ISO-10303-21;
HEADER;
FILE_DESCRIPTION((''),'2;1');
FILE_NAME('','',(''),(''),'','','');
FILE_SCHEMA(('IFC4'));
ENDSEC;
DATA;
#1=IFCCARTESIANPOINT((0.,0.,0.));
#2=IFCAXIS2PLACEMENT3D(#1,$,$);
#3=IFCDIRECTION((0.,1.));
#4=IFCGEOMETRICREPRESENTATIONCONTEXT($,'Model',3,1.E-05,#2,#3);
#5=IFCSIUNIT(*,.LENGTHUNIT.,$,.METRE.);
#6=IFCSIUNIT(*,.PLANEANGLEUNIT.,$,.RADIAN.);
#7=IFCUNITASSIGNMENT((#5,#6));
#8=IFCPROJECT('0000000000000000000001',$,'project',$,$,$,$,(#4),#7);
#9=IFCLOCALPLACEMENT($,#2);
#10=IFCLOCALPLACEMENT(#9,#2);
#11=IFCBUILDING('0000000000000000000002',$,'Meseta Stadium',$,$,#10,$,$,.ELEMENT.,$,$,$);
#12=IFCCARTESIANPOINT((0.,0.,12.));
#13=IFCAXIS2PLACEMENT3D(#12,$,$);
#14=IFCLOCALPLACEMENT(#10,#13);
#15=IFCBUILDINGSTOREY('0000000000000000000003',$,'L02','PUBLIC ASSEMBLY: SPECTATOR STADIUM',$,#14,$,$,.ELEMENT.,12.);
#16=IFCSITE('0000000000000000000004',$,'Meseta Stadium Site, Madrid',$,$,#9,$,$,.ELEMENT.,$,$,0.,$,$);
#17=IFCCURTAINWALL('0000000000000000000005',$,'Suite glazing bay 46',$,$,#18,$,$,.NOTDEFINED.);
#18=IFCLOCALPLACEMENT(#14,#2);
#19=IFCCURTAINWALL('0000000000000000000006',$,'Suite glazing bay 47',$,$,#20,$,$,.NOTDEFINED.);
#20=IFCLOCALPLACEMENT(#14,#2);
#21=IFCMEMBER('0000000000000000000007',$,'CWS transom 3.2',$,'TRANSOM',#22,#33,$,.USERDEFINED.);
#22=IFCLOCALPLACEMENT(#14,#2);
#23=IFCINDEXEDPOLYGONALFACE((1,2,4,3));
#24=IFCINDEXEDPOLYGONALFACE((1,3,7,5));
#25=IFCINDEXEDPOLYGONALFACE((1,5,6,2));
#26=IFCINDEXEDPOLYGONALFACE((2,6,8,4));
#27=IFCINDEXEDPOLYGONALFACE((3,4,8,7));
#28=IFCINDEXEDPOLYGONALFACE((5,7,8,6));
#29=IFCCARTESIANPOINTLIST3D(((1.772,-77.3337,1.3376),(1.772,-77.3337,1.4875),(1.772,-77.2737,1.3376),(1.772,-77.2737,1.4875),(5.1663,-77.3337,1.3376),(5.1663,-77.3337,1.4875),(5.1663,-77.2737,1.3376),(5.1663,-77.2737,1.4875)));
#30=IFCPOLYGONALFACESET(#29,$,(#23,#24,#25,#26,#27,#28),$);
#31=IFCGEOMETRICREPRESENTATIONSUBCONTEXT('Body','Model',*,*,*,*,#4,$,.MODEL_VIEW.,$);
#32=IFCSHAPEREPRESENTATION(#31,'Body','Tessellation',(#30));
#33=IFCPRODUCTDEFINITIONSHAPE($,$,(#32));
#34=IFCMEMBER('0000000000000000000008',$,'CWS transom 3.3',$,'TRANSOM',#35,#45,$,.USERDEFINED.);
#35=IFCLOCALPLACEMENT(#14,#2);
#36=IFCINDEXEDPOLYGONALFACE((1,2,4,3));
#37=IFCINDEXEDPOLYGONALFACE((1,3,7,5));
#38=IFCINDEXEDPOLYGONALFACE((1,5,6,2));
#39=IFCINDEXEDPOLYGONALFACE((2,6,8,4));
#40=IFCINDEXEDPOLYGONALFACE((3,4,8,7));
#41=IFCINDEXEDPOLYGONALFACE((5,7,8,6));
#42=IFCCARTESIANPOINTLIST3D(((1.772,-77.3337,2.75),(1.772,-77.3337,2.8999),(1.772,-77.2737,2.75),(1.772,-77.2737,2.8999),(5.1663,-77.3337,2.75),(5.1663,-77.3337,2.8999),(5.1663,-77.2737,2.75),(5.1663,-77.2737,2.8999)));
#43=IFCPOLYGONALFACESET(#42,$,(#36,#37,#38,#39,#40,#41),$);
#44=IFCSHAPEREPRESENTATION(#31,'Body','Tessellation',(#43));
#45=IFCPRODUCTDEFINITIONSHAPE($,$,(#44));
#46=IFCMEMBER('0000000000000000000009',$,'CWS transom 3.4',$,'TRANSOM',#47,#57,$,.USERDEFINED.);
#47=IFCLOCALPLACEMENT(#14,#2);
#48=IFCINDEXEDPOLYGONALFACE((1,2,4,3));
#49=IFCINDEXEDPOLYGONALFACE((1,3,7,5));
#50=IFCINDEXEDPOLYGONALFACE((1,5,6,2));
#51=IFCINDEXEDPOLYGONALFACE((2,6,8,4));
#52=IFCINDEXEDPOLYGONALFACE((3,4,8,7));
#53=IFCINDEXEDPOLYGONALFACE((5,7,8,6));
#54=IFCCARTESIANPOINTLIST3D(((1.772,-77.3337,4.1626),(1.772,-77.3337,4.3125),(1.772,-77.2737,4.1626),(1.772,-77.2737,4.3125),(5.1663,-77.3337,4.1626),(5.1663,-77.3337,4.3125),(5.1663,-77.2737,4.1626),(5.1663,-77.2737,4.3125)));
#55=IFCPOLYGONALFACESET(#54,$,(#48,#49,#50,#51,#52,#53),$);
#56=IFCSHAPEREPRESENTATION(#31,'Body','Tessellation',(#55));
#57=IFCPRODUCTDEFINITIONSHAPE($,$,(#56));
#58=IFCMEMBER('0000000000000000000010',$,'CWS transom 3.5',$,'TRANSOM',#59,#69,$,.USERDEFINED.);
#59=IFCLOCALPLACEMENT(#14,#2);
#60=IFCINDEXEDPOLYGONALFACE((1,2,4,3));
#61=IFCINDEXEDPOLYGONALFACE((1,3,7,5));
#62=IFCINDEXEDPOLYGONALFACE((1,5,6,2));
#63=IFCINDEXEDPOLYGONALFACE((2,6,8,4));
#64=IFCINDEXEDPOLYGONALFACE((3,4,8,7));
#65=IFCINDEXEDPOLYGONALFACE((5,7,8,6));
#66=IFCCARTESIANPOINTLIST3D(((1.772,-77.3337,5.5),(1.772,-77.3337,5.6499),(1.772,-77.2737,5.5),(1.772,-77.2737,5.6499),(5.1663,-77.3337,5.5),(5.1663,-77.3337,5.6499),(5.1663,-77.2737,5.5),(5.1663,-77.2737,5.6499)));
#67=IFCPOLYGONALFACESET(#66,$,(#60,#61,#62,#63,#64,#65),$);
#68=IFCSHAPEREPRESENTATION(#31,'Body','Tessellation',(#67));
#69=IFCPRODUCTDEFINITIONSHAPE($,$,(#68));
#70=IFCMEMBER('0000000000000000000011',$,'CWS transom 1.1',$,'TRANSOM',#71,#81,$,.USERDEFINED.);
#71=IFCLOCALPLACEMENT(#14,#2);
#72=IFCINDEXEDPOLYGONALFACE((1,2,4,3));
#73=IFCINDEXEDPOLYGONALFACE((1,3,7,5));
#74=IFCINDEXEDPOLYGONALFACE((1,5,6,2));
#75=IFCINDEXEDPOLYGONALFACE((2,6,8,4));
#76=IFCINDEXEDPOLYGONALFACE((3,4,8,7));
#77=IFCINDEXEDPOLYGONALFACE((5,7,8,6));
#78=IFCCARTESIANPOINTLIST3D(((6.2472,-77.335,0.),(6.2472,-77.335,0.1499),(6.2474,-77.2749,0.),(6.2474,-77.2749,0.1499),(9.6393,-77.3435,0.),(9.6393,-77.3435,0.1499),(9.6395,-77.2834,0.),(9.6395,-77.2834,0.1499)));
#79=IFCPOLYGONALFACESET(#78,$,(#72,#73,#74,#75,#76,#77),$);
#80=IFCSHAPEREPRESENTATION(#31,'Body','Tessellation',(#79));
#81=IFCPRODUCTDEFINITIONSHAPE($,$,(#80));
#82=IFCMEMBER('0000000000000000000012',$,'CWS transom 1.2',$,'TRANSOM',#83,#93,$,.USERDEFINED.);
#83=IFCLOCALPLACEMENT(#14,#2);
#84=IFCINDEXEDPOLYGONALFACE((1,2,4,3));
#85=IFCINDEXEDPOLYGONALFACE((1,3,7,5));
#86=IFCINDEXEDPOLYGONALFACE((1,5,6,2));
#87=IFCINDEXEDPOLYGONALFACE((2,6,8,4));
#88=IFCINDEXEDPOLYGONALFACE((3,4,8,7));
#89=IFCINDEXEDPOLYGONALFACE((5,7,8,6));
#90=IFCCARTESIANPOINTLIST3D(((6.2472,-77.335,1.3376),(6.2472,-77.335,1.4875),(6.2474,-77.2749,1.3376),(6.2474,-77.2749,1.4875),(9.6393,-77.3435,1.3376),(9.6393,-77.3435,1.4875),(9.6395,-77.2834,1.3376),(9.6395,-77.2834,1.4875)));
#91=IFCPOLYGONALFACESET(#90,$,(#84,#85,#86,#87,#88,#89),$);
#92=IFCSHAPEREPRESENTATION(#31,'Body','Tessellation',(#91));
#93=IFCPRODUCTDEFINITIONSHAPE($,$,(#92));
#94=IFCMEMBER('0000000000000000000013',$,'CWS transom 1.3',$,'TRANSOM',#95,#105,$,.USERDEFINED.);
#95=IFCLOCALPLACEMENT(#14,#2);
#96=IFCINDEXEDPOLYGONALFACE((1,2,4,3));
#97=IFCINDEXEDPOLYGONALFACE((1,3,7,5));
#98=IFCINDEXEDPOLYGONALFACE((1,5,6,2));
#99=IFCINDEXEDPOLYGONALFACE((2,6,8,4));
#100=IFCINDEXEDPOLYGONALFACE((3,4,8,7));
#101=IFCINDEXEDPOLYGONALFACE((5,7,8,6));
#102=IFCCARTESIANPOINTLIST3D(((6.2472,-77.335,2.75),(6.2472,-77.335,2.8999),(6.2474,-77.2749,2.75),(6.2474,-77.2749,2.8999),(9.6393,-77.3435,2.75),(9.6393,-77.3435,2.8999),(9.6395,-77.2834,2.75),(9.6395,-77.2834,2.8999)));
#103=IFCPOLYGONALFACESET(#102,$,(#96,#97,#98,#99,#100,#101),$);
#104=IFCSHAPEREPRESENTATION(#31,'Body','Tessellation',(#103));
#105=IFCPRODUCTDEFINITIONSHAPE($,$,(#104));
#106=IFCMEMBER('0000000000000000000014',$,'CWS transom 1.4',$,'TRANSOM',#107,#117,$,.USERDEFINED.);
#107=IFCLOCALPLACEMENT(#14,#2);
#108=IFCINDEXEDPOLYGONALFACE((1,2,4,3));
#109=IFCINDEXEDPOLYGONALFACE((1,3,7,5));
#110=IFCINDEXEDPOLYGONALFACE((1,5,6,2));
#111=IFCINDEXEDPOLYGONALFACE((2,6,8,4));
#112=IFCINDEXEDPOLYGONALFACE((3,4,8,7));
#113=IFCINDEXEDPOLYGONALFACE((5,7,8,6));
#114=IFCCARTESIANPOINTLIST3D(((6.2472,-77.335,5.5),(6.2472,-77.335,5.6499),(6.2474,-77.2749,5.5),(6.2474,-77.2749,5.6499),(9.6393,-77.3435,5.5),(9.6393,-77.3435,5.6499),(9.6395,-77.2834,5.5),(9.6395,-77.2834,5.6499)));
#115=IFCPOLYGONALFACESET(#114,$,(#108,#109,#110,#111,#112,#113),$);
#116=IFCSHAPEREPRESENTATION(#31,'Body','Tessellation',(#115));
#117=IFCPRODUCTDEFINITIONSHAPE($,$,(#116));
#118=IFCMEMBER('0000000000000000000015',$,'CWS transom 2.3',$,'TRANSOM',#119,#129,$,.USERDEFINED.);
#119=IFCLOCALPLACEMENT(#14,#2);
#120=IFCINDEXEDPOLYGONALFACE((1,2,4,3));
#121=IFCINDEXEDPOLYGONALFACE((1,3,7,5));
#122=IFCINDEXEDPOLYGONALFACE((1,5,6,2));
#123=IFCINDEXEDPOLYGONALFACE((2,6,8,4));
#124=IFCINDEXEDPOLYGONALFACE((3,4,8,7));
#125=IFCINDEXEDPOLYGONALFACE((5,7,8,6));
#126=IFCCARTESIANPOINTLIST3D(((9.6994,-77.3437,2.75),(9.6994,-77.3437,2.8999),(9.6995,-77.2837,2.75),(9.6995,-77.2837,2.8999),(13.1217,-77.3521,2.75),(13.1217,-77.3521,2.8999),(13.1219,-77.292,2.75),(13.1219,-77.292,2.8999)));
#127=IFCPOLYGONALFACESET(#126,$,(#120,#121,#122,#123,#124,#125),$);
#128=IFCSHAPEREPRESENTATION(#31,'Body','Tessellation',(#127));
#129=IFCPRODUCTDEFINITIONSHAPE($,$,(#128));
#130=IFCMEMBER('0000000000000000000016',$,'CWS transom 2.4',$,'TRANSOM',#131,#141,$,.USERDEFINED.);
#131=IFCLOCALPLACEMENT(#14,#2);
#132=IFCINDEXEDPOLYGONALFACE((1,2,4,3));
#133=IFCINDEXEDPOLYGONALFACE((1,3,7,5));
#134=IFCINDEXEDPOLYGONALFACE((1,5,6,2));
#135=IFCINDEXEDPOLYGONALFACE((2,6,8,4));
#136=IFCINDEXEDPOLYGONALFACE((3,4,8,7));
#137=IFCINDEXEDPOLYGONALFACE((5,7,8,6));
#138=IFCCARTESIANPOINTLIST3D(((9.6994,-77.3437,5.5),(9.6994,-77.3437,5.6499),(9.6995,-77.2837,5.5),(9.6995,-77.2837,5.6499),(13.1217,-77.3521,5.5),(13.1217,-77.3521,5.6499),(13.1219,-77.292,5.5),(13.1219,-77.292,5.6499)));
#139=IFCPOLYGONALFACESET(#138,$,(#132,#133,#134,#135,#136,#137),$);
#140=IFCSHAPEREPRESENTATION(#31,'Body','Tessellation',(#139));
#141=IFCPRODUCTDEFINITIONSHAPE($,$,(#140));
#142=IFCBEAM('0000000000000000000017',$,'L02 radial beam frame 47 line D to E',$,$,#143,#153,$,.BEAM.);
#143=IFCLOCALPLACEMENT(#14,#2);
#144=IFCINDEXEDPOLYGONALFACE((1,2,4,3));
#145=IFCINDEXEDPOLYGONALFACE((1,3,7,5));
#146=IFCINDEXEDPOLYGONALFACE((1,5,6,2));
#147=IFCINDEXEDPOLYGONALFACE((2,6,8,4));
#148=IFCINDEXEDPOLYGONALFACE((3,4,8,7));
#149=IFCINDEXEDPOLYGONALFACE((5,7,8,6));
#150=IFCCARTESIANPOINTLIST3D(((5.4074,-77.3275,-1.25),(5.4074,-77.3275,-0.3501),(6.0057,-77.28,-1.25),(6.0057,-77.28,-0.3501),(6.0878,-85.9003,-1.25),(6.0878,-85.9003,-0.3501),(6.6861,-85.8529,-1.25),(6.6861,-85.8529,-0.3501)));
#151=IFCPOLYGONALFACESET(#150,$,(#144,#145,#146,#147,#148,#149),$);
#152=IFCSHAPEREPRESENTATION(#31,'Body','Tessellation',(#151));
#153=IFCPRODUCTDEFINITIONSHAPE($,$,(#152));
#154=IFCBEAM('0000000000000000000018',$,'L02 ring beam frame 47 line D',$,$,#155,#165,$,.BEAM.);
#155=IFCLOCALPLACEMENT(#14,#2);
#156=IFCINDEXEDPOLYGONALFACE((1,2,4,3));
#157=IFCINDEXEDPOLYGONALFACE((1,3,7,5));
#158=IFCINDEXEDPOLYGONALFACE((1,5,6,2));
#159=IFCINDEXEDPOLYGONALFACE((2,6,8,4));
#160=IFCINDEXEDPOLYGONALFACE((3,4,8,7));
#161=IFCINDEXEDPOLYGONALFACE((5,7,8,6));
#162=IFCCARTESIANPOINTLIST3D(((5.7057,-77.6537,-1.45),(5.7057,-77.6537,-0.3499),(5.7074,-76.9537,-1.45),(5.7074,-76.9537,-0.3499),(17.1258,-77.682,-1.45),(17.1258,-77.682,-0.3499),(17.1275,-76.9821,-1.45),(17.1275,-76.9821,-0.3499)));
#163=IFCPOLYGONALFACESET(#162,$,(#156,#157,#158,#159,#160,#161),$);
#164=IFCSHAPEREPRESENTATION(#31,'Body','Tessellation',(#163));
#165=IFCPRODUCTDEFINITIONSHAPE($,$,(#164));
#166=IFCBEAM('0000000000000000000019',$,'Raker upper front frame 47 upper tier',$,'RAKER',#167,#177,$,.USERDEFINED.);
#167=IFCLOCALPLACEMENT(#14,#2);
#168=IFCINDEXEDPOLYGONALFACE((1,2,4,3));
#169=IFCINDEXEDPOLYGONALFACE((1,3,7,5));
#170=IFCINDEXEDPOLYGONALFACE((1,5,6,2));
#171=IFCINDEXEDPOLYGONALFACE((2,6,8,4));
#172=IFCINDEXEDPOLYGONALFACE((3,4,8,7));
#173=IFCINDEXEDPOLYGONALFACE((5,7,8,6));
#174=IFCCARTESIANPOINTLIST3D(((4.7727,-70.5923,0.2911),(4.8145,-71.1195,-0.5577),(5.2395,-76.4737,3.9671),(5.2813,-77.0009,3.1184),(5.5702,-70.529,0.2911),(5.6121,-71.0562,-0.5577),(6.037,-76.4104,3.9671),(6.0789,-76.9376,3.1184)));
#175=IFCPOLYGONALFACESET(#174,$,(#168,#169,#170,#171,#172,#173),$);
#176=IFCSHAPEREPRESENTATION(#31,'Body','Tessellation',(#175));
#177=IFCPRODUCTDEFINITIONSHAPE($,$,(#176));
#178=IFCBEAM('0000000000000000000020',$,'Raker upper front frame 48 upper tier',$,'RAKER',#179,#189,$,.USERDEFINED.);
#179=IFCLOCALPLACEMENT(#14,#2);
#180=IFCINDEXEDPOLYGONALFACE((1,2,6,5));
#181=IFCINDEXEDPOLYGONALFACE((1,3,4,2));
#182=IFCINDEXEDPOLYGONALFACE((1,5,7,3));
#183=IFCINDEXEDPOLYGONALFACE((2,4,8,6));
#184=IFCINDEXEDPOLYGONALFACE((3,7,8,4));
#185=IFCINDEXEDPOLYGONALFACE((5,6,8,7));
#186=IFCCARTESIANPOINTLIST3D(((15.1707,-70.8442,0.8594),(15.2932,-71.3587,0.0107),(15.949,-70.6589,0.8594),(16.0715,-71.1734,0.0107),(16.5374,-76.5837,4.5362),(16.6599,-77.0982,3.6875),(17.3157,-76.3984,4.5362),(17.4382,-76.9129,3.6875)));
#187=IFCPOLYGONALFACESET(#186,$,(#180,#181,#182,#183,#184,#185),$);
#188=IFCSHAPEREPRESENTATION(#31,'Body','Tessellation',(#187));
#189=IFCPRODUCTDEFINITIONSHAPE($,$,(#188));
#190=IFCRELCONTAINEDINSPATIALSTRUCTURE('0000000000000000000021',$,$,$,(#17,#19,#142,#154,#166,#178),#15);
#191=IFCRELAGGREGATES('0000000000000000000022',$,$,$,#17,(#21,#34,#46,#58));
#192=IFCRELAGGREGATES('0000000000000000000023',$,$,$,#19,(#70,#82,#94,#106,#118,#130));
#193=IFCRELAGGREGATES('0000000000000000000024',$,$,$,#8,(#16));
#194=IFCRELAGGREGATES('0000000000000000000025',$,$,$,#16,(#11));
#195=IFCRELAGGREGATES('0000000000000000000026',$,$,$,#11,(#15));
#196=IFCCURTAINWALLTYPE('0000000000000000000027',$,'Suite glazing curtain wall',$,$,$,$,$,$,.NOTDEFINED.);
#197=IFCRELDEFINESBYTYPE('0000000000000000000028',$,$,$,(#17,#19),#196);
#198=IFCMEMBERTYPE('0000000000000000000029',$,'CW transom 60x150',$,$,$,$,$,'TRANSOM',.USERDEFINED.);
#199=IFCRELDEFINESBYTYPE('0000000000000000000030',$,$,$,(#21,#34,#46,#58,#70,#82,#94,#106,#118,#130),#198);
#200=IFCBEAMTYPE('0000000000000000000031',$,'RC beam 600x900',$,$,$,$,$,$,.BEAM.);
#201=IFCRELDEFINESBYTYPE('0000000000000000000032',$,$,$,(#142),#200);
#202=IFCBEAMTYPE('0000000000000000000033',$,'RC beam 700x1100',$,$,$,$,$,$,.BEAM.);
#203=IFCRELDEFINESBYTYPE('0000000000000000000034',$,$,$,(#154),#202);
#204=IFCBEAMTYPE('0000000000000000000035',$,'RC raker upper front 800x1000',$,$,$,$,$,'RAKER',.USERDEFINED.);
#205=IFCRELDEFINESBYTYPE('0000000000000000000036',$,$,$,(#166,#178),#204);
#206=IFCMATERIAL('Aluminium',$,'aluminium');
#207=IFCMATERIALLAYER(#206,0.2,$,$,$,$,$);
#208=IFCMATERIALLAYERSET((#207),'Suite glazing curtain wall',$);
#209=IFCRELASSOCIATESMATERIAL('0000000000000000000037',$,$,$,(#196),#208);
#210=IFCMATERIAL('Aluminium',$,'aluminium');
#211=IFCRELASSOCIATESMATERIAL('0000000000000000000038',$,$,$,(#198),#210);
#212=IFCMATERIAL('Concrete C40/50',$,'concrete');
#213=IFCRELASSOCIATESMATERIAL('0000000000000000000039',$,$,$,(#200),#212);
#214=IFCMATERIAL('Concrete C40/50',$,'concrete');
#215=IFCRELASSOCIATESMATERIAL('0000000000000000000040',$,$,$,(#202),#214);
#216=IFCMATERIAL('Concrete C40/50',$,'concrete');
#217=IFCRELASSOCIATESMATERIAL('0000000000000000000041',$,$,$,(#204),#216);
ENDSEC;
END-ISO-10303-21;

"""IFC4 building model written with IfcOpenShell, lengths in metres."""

from ifc_helpers import new_model, si_unit, direction, frame, origin, origin_2d, place, context, subcontext, project, spatial, rectangle, extrude, material, layer, layer_set, material_profile, profile_set, type_object, element, aggregate, save


model = new_model("IFC4")

# Units and contexts
model_context = context("Model", 3, precision=1e-05, world=origin(), true_north=direction((0.0, 1.0)))
body_context = subcontext(model_context, "Body", "Model", "MODEL_VIEW")
ifc_project = project(units=[si_unit("LENGTHUNIT", "METRE"), si_unit("PLANEANGLEUNIT", "RADIAN")], contexts=[model_context])

# Site, building, storey
site_placement = place(None, origin())
site = spatial("IfcSite", under=ifc_project, at=site_placement, Name="Meseta Stadium Site, Madrid", CompositionType="ELEMENT", RefElevation=0.0)
building_placement = place(site_placement, origin())
building = spatial("IfcBuilding", under=site, at=building_placement, Name="Meseta Stadium", CompositionType="ELEMENT")
storey_placement = place(building_placement, frame((0.0, 0.0, 12.0)))
storey = spatial("IfcBuildingStorey", under=building, at=storey_placement, Name="L02", Description="PUBLIC ASSEMBLY: SPECTATOR STADIUM", CompositionType="ELEMENT", Elevation=12.0)

# Curtain walls
ifc_material_1 = material(Name="Aluminium", Category="aluminium")
ifc_layer_1 = layer(ifc_material_1, 0.2)
ifc_layer_set_1 = layer_set([ifc_layer_1], Name="Suite glazing curtain wall")
curtain_wall_type = type_object("IfcCurtainWallType", Name="Suite glazing curtain wall", PredefinedType="NOTDEFINED", material=ifc_layer_set_1)
curtain_wall_1_placement = place(storey_placement, origin())
curtain_wall_1 = element("IfcCurtainWall", 1, at=curtain_wall_1_placement, inside=storey, type_object=curtain_wall_type, Name="Suite glazing bay 46", PredefinedType="NOTDEFINED")
curtain_wall_2_placement = place(storey_placement, origin())
curtain_wall_2 = element("IfcCurtainWall", 2, at=curtain_wall_2_placement, inside=storey, type_object=curtain_wall_type, Name="Suite glazing bay 47", PredefinedType="NOTDEFINED")

# Members
ifc_material_2 = material(Name="Aluminium", Category="aluminium")
ifc_material_profile_1 = material_profile(ifc_material_2, rectangle(XDim=0.0601, YDim=0.1499, at=origin_2d()), Name="CW 60x150")
ifc_profile_set_1 = profile_set([ifc_material_profile_1], Name="Aluminium")
member_type_1 = type_object("IfcMemberType", Name="CW transom 60x150", ElementType="TRANSOM", PredefinedType="USERDEFINED", material=ifc_profile_set_1)
member_1_placement = place(storey_placement, frame((1.772, -77.3037, 1.4126), z_axis=(1.0, 0.0, 0.0), x_axis=(0.0, 1.0, 0.0)))
member_1 = element("IfcMember", 3, at=member_1_placement, type_object=member_type_1, Name="CWS transom 3.2", ObjectType="TRANSOM", PredefinedType="USERDEFINED", context=body_context, shape_type="SweptSolid", body=[
    extrude(rectangle(XDim=0.0601, YDim=0.1499, at=origin_2d()), origin(), (0.0, 0.0, 1.0), 3.3943),
])
member_2_placement = place(storey_placement, frame((1.772, -77.3037, 2.825), z_axis=(1.0, 0.0, 0.0), x_axis=(0.0, 1.0, 0.0)))
member_2 = element("IfcMember", 4, at=member_2_placement, type_object=member_type_1, Name="CWS transom 3.3", ObjectType="TRANSOM", PredefinedType="USERDEFINED", context=body_context, shape_type="SweptSolid", body=[
    extrude(rectangle(XDim=0.0601, YDim=0.1499, at=origin_2d()), origin(), (0.0, 0.0, 1.0), 3.3943),
])
member_3_placement = place(storey_placement, frame((1.772, -77.3037, 4.2375), z_axis=(1.0, 0.0, 0.0), x_axis=(0.0, 1.0, 0.0)))
member_3 = element("IfcMember", 5, at=member_3_placement, type_object=member_type_1, Name="CWS transom 3.4", ObjectType="TRANSOM", PredefinedType="USERDEFINED", context=body_context, shape_type="SweptSolid", body=[
    extrude(rectangle(XDim=0.0601, YDim=0.1499, at=origin_2d()), origin(), (0.0, 0.0, 1.0), 3.3943),
])
member_4_placement = place(storey_placement, frame((1.772, -77.3037, 5.575), z_axis=(1.0, 0.0, 0.0), x_axis=(0.0, 1.0, 0.0)))
member_4 = element("IfcMember", 6, at=member_4_placement, type_object=member_type_1, Name="CWS transom 3.5", ObjectType="TRANSOM", PredefinedType="USERDEFINED", context=body_context, shape_type="SweptSolid", body=[
    extrude(rectangle(XDim=0.0601, YDim=0.1499, at=origin_2d()), origin(), (0.0, 0.0, 1.0), 3.3943),
])
member_5_placement = place(storey_placement, frame((6.2473, -77.3049, 0.075), z_axis=(0.999997, -0.002519, 0.0), x_axis=(0.002519, 0.999997, 0.0)))
member_5 = element("IfcMember", 7, at=member_5_placement, type_object=member_type_1, Name="CWS transom 1.1", ObjectType="TRANSOM", PredefinedType="USERDEFINED", context=body_context, shape_type="SweptSolid", body=[
    extrude(rectangle(XDim=0.0601, YDim=0.1499, at=origin_2d()), origin(), (0.0, 0.0, 1.0), 3.3921),
])
member_6_placement = place(storey_placement, frame((6.2473, -77.3049, 1.4126), z_axis=(0.999997, -0.002519, 0.0), x_axis=(0.002519, 0.999997, 0.0)))
member_6 = element("IfcMember", 8, at=member_6_placement, type_object=member_type_1, Name="CWS transom 1.2", ObjectType="TRANSOM", PredefinedType="USERDEFINED", context=body_context, shape_type="SweptSolid", body=[
    extrude(rectangle(XDim=0.0601, YDim=0.1499, at=origin_2d()), origin(), (0.0, 0.0, 1.0), 3.3921),
])
member_7_placement = place(storey_placement, frame((6.2473, -77.3049, 2.825), z_axis=(0.999997, -0.002519, 0.0), x_axis=(0.002519, 0.999997, 0.0)))
member_7 = element("IfcMember", 9, at=member_7_placement, type_object=member_type_1, Name="CWS transom 1.3", ObjectType="TRANSOM", PredefinedType="USERDEFINED", context=body_context, shape_type="SweptSolid", body=[
    extrude(rectangle(XDim=0.0601, YDim=0.1499, at=origin_2d()), origin(), (0.0, 0.0, 1.0), 3.3921),
])
member_8_placement = place(storey_placement, frame((6.2473, -77.3049, 5.575), z_axis=(0.999997, -0.002519, 0.0), x_axis=(0.002519, 0.999997, 0.0)))
member_8 = element("IfcMember", 10, at=member_8_placement, type_object=member_type_1, Name="CWS transom 1.4", ObjectType="TRANSOM", PredefinedType="USERDEFINED", context=body_context, shape_type="SweptSolid", body=[
    extrude(rectangle(XDim=0.0601, YDim=0.1499, at=origin_2d()), origin(), (0.0, 0.0, 1.0), 3.3921),
])
member_9_placement = place(storey_placement, frame((9.6995, -77.3137, 2.825), z_axis=(0.999997, -0.002425, 0.0), x_axis=(0.002425, 0.999997, 0.0)))
member_9 = element("IfcMember", 11, at=member_9_placement, type_object=member_type_1, Name="CWS transom 2.3", ObjectType="TRANSOM", PredefinedType="USERDEFINED", context=body_context, shape_type="SweptSolid", body=[
    extrude(rectangle(XDim=0.0601, YDim=0.1499, at=origin_2d()), origin(), (0.0, 0.0, 1.0), 3.4224),
])
member_10_placement = place(storey_placement, frame((9.6995, -77.3137, 5.575), z_axis=(0.999997, -0.002425, 0.0), x_axis=(0.002425, 0.999997, 0.0)))
member_10 = element("IfcMember", 12, at=member_10_placement, type_object=member_type_1, Name="CWS transom 2.4", ObjectType="TRANSOM", PredefinedType="USERDEFINED", context=body_context, shape_type="SweptSolid", body=[
    extrude(rectangle(XDim=0.0601, YDim=0.1499, at=origin_2d()), origin(), (0.0, 0.0, 1.0), 3.4224),
])

# Beams
ifc_material_3 = material(Name="Concrete C40/50", Category="concrete")
ifc_material_profile_2 = material_profile(ifc_material_3, rectangle(XDim=0.6001, YDim=0.8999, at=origin_2d()), Name="RC 600x900")
ifc_profile_set_2 = profile_set([ifc_material_profile_2], Name="Concrete C40/50")
beam_type_1 = type_object("IfcBeamType", Name="RC beam 600x900", PredefinedType="BEAM", material=ifc_profile_set_2)
beam_1_placement = place(storey_placement, frame((5.7065, -77.3037, -0.8), z_axis=(0.079119, -0.996865, 0.0), x_axis=(0.996865, 0.079119, 0.0)))
element("IfcBeam", 13, at=beam_1_placement, inside=storey, type_object=beam_type_1, Name="L02 radial beam frame 47 line D to E", PredefinedType="BEAM", context=body_context, shape_type="SweptSolid", body=[
    extrude(rectangle(XDim=0.6001, YDim=0.8999, at=origin_2d()), origin(), (0.0, 0.0, 1.0), 8.5999),
])
ifc_material_4 = material(Name="Concrete C40/50", Category="concrete")
ifc_material_profile_3 = material_profile(ifc_material_4, rectangle(XDim=0.7, YDim=1.1001, at=origin_2d()), Name="RC 700x1100")
ifc_profile_set_3 = profile_set([ifc_material_profile_3], Name="Concrete C40/50")
beam_type_2 = type_object("IfcBeamType", Name="RC beam 700x1100", PredefinedType="BEAM", material=ifc_profile_set_3)
beam_2_placement = place(storey_placement, frame((5.7065, -77.3037, -0.8999), z_axis=(0.999997, -0.00248, 0.0), x_axis=(0.00248, 0.999997, 0.0)))
element("IfcBeam", 14, at=beam_2_placement, inside=storey, type_object=beam_type_2, Name="L02 ring beam frame 47 line D", PredefinedType="BEAM", context=body_context, shape_type="SweptSolid", body=[
    extrude(rectangle(XDim=0.7, YDim=1.1001, at=origin_2d()), origin(), (0.0, 0.0, 1.0), 11.4202),
])
ifc_material_5 = material(Name="Concrete C40/50", Category="concrete")
ifc_material_profile_4 = material_profile(ifc_material_5, rectangle(XDim=0.8, YDim=1.0, at=origin_2d()), Name="RC 800x1000")
ifc_profile_set_4 = profile_set([ifc_material_profile_4], Name="Concrete C40/50")
beam_type_3 = type_object("IfcBeamType", Name="RC raker upper front 800x1000", ElementType="RAKER", PredefinedType="USERDEFINED", material=ifc_profile_set_4)
beam_3_placement = place(storey_placement, frame((5.1924, -70.8242, -0.1333), z_axis=(0.067152, -0.846072, 0.528822), x_axis=(0.996865, 0.07912, 0.0)))
element("IfcBeam", 15, at=beam_3_placement, inside=storey, type_object=beam_type_3, Name="Raker upper front frame 47 upper tier", ObjectType="RAKER", PredefinedType="USERDEFINED", context=body_context, shape_type="SweptSolid", body=[
    extrude(rectangle(XDim=0.8, YDim=1.0, at=origin_2d()), origin(), (0.0, 0.0, 1.0), 6.9514),
])
beam_4_placement = place(storey_placement, frame((15.6211, -71.0088, 0.4351), z_axis=(0.196595, -0.825607, 0.528889), x_axis=(0.9728, 0.231645, 0.0)))
element("IfcBeam", 16, at=beam_4_placement, inside=storey, type_object=beam_type_3, Name="Raker upper front frame 48 upper tier", ObjectType="RAKER", PredefinedType="USERDEFINED", context=body_context, shape_type="SweptSolid", body=[
    extrude(rectangle(XDim=0.8, YDim=1.0, at=origin_2d()), origin(), (0.0, 0.0, 1.0), 6.9519),
])

aggregate(curtain_wall_1, [member_1, member_2, member_3, member_4])
aggregate(curtain_wall_2, [member_5, member_6, member_7, member_8, member_9, member_10])

save(model, "model.ifc")
